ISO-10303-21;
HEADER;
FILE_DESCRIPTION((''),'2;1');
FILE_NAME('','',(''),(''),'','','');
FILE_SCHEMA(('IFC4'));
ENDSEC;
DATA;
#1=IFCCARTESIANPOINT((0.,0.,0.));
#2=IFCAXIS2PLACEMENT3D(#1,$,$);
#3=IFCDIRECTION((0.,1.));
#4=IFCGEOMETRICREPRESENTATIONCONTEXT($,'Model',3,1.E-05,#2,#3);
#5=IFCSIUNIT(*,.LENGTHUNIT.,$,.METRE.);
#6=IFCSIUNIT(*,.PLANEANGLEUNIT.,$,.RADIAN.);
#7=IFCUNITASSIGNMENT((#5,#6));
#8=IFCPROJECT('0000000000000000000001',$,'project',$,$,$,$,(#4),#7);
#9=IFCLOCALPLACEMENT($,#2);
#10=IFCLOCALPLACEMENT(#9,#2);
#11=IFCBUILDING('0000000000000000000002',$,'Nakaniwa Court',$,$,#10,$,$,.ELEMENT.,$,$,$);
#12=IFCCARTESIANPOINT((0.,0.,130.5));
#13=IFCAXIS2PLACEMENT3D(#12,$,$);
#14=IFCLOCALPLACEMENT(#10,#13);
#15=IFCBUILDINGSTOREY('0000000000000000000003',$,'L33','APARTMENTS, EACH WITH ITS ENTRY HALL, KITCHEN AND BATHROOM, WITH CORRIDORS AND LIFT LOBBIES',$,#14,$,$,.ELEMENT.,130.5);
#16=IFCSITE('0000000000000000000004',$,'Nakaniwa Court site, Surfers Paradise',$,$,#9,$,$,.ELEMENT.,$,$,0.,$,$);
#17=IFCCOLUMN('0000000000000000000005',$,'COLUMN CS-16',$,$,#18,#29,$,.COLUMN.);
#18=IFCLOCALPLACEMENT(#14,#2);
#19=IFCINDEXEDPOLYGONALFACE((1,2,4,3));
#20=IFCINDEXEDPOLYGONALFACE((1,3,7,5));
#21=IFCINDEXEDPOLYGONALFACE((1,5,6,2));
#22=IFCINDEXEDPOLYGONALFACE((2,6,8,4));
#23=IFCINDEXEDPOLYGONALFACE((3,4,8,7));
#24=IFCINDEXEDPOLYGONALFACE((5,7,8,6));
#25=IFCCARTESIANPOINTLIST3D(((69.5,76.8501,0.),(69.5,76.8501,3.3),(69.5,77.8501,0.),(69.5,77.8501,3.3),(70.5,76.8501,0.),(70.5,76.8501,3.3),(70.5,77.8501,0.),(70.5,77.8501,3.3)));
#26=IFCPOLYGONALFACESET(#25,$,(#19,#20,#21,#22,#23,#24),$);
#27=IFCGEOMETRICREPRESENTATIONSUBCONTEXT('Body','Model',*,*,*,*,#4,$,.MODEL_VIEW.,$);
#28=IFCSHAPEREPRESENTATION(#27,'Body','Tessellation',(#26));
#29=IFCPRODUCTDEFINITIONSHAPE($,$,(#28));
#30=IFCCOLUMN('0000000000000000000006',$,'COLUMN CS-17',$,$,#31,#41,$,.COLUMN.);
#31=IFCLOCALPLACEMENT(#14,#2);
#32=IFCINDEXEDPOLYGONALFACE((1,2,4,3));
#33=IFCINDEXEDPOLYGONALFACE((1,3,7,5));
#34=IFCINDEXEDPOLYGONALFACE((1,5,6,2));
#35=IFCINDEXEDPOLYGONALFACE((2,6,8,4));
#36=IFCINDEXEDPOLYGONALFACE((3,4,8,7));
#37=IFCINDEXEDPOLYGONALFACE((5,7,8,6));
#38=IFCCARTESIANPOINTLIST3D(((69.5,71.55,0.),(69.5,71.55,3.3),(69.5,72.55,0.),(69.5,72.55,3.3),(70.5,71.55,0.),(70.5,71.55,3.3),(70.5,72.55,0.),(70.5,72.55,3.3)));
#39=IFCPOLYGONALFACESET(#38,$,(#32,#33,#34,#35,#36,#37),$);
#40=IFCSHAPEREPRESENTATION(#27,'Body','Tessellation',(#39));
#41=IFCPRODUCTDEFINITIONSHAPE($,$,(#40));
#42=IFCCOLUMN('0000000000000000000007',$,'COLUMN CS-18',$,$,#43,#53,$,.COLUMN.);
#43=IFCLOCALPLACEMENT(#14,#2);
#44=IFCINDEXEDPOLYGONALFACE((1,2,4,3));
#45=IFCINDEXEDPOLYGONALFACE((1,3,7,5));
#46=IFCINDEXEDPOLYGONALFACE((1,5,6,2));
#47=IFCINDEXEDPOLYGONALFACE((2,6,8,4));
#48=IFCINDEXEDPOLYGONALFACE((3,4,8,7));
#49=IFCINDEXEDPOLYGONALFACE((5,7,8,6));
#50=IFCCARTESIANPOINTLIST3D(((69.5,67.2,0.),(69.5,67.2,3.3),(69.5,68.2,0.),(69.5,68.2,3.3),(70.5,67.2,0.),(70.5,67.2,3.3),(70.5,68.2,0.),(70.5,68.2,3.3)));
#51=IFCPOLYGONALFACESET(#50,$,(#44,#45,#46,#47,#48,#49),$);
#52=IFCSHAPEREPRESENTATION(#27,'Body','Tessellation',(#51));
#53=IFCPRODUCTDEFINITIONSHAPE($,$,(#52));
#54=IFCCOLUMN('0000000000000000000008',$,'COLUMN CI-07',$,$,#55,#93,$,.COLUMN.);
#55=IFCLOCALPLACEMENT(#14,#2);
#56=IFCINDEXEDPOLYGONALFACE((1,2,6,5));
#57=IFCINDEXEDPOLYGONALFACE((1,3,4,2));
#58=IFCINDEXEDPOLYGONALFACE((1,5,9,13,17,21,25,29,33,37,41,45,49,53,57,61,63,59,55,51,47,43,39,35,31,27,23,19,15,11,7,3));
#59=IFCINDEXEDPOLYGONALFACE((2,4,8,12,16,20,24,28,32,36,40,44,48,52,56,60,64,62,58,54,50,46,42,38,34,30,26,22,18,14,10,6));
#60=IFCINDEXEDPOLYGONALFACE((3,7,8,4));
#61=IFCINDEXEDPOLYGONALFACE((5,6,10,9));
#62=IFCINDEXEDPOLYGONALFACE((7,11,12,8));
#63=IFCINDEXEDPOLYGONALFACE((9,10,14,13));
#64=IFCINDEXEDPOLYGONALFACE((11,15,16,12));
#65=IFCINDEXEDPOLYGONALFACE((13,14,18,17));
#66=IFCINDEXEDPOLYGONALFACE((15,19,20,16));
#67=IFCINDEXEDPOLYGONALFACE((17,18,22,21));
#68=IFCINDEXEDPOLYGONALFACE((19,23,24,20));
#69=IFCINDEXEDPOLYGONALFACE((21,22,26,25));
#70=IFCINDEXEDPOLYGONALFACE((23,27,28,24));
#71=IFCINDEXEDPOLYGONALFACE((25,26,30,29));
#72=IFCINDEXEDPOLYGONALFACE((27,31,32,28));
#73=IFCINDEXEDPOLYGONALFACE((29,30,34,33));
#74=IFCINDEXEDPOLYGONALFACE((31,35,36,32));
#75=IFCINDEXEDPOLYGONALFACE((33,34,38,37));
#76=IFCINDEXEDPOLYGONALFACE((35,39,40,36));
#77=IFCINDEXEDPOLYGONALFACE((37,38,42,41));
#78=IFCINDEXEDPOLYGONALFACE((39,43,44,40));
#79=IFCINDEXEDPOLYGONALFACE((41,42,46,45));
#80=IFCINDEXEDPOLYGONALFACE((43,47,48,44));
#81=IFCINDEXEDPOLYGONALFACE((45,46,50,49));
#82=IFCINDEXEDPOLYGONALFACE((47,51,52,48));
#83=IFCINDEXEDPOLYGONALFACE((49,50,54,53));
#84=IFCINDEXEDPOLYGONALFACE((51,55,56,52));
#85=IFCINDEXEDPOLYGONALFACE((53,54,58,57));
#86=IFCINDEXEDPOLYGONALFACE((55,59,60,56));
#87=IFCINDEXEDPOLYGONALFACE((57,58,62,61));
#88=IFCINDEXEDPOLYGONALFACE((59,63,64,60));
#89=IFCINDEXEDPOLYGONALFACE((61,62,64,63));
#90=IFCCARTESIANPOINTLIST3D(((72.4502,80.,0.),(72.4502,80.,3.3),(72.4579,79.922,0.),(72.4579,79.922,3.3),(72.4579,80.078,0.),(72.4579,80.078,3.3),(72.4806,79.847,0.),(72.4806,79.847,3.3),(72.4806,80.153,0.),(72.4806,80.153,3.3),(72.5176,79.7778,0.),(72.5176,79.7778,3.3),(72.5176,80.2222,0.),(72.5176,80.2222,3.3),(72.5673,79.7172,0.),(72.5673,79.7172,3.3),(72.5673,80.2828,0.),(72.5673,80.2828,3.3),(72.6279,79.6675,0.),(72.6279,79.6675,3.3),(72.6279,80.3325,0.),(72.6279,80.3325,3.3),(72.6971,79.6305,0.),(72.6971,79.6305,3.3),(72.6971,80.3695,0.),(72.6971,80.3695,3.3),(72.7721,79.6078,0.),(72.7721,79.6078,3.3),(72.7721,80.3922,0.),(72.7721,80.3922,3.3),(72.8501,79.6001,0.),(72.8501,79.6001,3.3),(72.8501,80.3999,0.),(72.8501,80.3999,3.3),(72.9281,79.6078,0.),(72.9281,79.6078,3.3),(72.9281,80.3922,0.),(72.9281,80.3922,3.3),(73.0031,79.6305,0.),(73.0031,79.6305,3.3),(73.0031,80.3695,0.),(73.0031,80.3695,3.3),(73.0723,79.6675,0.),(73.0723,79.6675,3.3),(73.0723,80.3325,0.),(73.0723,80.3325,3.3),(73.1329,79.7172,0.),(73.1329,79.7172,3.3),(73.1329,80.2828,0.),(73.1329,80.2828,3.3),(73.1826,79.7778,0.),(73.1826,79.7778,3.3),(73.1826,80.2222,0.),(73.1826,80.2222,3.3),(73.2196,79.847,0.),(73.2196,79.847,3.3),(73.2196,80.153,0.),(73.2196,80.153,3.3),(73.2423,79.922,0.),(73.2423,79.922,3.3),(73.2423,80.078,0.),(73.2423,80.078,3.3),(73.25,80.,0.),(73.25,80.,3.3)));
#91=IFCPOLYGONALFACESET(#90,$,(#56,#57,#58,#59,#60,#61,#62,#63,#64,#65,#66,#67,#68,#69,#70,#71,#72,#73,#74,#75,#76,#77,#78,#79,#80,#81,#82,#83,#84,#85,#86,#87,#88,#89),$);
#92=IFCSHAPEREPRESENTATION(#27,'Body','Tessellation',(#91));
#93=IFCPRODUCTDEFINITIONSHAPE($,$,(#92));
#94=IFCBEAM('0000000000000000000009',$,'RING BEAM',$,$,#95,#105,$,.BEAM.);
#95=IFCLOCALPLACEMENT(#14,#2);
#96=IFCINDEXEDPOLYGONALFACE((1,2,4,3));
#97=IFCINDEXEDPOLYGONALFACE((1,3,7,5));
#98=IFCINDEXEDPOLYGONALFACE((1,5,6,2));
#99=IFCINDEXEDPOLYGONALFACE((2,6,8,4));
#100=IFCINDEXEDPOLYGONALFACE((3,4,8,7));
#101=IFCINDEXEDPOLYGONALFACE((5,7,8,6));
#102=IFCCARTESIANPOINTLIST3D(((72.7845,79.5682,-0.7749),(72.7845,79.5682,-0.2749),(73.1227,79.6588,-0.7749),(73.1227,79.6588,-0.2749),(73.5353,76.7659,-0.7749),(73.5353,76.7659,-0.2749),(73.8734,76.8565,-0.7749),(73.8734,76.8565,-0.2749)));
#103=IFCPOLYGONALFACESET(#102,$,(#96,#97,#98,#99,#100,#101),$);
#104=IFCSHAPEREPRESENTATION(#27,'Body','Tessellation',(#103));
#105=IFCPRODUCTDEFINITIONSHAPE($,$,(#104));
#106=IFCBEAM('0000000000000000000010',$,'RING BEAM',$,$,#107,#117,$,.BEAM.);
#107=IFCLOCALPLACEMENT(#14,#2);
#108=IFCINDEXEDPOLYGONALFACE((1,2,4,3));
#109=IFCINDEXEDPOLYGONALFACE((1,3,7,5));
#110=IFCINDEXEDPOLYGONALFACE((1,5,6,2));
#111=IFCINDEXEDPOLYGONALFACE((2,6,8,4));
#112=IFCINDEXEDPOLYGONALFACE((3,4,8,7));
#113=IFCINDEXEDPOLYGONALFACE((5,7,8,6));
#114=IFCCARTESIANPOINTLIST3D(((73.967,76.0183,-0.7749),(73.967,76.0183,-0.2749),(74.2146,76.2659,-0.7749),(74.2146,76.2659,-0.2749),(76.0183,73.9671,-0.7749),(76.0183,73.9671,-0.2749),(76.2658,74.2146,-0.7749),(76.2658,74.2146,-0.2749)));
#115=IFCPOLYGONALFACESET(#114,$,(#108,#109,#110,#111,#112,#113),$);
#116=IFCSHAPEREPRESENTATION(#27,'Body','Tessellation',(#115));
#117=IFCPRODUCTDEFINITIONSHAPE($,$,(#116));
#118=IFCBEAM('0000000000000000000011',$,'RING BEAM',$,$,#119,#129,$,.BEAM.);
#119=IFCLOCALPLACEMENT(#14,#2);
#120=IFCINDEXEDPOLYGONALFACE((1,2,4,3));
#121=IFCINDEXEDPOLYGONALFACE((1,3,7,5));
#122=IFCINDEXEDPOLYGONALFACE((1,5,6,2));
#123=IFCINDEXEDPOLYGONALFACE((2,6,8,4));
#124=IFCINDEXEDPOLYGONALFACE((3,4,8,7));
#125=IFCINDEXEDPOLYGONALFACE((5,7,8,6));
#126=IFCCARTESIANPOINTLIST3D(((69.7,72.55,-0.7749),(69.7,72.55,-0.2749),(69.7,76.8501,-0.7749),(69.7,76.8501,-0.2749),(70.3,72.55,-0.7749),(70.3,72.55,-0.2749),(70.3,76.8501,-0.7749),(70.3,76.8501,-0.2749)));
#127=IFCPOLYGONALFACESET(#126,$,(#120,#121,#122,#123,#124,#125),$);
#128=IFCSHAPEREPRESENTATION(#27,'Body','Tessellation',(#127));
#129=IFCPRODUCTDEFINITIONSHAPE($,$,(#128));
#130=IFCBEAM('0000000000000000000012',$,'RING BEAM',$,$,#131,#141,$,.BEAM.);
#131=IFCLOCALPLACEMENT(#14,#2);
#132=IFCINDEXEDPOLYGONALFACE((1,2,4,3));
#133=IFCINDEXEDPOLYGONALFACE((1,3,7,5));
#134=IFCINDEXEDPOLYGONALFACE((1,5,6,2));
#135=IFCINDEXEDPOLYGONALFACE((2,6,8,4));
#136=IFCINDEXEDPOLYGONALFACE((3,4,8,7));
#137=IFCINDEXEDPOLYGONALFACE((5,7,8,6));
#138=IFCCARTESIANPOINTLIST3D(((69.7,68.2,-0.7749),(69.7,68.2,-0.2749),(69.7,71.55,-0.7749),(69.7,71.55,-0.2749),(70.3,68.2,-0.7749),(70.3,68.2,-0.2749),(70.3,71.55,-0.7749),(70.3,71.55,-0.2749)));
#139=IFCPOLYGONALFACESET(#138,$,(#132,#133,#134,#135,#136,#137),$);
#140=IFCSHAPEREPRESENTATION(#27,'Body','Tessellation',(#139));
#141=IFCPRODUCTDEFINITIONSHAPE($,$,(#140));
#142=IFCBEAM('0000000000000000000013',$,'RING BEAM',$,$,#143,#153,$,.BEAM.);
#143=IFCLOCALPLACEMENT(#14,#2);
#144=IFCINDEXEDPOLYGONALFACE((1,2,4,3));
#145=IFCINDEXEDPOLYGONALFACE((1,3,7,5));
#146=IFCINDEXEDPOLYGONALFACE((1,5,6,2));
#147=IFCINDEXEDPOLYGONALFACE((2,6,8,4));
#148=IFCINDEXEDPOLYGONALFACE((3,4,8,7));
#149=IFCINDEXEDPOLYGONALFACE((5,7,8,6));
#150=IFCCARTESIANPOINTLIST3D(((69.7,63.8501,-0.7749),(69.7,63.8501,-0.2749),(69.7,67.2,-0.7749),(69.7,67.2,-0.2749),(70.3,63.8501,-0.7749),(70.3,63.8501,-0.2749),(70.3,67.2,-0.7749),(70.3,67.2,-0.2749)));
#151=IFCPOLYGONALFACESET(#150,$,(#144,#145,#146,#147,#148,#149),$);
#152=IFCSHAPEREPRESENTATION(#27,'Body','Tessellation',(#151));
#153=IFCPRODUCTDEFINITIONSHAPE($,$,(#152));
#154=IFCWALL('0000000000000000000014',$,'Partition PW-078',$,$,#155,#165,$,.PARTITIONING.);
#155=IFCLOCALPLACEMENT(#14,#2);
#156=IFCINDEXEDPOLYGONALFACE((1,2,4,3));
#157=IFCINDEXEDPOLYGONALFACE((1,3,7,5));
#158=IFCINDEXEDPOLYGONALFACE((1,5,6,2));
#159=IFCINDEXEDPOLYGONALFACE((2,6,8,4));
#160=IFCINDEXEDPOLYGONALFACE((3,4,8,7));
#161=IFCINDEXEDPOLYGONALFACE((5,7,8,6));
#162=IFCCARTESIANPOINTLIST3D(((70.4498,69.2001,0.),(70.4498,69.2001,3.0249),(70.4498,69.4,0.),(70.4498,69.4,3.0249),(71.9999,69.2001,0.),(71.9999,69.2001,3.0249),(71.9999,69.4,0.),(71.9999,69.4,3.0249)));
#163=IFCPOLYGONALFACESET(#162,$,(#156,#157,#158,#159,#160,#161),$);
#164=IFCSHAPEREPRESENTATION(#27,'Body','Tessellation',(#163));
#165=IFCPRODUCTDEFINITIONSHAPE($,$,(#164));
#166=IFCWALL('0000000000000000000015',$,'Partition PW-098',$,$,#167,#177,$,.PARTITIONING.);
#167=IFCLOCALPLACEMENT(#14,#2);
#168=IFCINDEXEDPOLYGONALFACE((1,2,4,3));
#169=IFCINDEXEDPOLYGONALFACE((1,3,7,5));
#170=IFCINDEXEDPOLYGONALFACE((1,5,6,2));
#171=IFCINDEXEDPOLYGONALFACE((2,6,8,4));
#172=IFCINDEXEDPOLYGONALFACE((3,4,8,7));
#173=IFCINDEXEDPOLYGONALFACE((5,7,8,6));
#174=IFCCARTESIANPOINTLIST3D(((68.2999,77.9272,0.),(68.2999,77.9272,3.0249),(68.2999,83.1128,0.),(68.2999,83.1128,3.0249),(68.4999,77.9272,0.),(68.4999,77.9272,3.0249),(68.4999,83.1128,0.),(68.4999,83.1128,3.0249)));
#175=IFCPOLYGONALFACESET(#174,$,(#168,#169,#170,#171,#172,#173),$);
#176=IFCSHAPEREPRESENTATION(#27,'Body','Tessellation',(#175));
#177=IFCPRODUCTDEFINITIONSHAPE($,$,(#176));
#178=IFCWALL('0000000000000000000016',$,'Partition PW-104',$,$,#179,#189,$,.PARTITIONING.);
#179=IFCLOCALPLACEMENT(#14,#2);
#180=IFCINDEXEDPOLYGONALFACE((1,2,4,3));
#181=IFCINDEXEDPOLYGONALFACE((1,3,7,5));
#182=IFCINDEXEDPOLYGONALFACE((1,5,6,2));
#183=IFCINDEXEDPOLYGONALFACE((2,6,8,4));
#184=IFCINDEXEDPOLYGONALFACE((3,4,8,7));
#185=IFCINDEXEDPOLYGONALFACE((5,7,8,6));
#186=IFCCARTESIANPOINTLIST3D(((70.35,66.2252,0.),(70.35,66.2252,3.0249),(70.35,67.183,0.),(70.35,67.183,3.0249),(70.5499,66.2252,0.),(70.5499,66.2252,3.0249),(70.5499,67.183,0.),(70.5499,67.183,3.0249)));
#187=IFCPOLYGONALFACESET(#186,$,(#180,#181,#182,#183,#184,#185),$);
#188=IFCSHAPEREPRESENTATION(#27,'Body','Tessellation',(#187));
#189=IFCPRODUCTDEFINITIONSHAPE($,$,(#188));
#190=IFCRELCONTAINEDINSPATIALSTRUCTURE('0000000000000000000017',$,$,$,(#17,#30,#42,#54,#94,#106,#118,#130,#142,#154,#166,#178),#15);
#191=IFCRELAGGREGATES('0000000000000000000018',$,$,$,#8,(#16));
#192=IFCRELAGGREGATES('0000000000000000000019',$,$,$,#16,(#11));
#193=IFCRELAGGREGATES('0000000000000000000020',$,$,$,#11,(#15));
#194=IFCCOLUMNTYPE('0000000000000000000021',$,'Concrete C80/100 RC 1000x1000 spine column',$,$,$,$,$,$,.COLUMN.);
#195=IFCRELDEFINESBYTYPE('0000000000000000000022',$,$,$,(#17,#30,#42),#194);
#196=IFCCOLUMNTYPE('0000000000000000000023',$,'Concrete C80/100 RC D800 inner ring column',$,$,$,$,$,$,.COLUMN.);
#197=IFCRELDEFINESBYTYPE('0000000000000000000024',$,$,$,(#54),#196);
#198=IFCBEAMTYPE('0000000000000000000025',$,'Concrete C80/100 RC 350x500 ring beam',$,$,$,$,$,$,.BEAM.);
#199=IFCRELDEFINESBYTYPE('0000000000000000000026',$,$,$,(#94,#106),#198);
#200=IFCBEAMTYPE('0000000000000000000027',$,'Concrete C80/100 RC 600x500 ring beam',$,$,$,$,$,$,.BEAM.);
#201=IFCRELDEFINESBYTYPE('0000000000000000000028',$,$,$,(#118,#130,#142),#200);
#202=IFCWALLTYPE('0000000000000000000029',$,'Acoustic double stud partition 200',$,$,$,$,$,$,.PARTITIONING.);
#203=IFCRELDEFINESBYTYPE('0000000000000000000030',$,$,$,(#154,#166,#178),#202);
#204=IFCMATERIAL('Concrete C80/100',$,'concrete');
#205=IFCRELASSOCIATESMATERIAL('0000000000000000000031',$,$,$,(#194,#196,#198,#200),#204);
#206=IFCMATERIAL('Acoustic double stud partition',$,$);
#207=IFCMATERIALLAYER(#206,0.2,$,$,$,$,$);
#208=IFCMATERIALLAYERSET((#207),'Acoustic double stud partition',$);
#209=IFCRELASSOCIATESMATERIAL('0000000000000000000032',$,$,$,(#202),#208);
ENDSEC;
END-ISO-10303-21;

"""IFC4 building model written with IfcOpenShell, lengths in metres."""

from ifc_helpers import new_model, si_unit, direction, frame, frame_2d, origin, origin_2d, place, context, subcontext, project, spatial, rectangle, circle, extrude, material, layer, layer_set, material_profile, profile_set, type_object, element, save


model = new_model("IFC4")

# Units and contexts
model_context = context("Model", 3, precision=1e-05, world=origin(), true_north=direction((0.0, 1.0)))
body_context = subcontext(model_context, "Body", "Model", "MODEL_VIEW")
ifc_project = project(units=[si_unit("LENGTHUNIT", "METRE"), si_unit("PLANEANGLEUNIT", "RADIAN")], contexts=[model_context])

# Site, building, storey
site_placement = place(None, origin())
site = spatial("IfcSite", under=ifc_project, at=site_placement, Name="Nakaniwa Court site, Surfers Paradise", CompositionType="ELEMENT", RefElevation=0.0)
building_placement = place(site_placement, origin())
building = spatial("IfcBuilding", under=site, at=building_placement, Name="Nakaniwa Court", CompositionType="ELEMENT")
storey_placement = place(building_placement, frame((0.0, 0.0, 130.5)))
storey = spatial("IfcBuildingStorey", under=building, at=storey_placement, Name="L33", Description="APARTMENTS, EACH WITH ITS ENTRY HALL, KITCHEN AND BATHROOM, WITH CORRIDORS AND LIFT LOBBIES", CompositionType="ELEMENT", Elevation=130.5)

# Columns
ifc_material_1 = material(Name="Concrete C80/100", Category="concrete")
ifc_material_profile_1 = material_profile(ifc_material_1, rectangle(XDim=1.0, YDim=1.0, at=origin_2d()), Name="Concrete C80/100 RC 1000x1000 spine column")
ifc_profile_set_1 = profile_set([ifc_material_profile_1], Name="Concrete C80/100")
column_type_1 = type_object("IfcColumnType", Name="Concrete C80/100 RC 1000x1000 spine column", PredefinedType="COLUMN", material=ifc_profile_set_1)
for number, where, z_axis, x_axis, name in (
    (1, (70.0, 77.3501, 0.0), (0.0, 0.0, 1.0), (0.0, -1.0, 0.0), "COLUMN CS-16"),
    (2, (70.0, 72.05, 0.0), (0.0, 0.0, 1.0), (0.0, -1.0, 0.0), "COLUMN CS-17"),
    (3, (70.0, 67.7, 0.0), (0.0, 0.0, 1.0), (0.0, -1.0, 0.0), "COLUMN CS-18"),
):
    element("IfcColumn", number, at=place(storey_placement, frame(where, z_axis=z_axis, x_axis=x_axis)), inside=storey, type_object=column_type_1, Name=name, PredefinedType="COLUMN", context=body_context, shape_type="SweptSolid", body=[
        extrude(rectangle(XDim=1.0, YDim=1.0, at=origin_2d()), origin(), (0.0, 0.0, 1.0), 3.3),
    ])
ifc_material_profile_2 = material_profile(ifc_material_1, circle(Radius=0.3999, at=origin_2d()), Name="Concrete C80/100 RC D800 inner ring column")
ifc_profile_set_2 = profile_set([ifc_material_profile_2], Name="Concrete C80/100")
column_type_2 = type_object("IfcColumnType", Name="Concrete C80/100 RC D800 inner ring column", PredefinedType="COLUMN", material=ifc_profile_set_2)
for number, where, z_axis, x_axis, name in (
    (4, (72.8501, 80.0, 0.0), (0.0, 0.0, 1.0), (0.0, -1.0, 0.0), "COLUMN CI-07"),
):
    element("IfcColumn", number, at=place(storey_placement, frame(where, z_axis=z_axis, x_axis=x_axis)), inside=storey, type_object=column_type_2, Name=name, PredefinedType="COLUMN", context=body_context, shape_type="SweptSolid", body=[
        extrude(circle(Radius=0.3999, at=origin_2d()), origin(), (0.0, 0.0, 1.0), 3.3),
    ])

# Beams
ifc_material_profile_3 = material_profile(ifc_material_1, rectangle(XDim=0.3501, YDim=0.5, at=origin_2d()), Name="Concrete C80/100 RC 350x500 ring beam")
ifc_profile_set_3 = profile_set([ifc_material_profile_3], Name="Concrete C80/100")
beam_type_1 = type_object("IfcBeamType", Name="Concrete C80/100 RC 350x500 ring beam", PredefinedType="BEAM", material=ifc_profile_set_3)
beam_1_placement = place(storey_placement, frame((72.9536, 79.6135, -0.5249), z_axis=(0.258778, -0.965937, 0.0), x_axis=(0.965937, 0.258778, 0.0)))
element("IfcBeam", 5, at=beam_1_placement, inside=storey, type_object=beam_type_1, Name="RING BEAM", PredefinedType="BEAM", context=body_context, shape_type="SweptSolid", body=[
    extrude(rectangle(XDim=0.3501, YDim=0.5, at=origin_2d()), origin(), (0.0, 0.0, 1.0), 2.9011),
])
beam_2_placement = place(storey_placement, frame((74.0908, 76.1421, -0.5249), z_axis=(0.707107, -0.707107, 0.0), x_axis=(0.707107, 0.707107, 0.0)))
element("IfcBeam", 6, at=beam_2_placement, inside=storey, type_object=beam_type_1, Name="RING BEAM", PredefinedType="BEAM", context=body_context, shape_type="SweptSolid", body=[
    extrude(rectangle(XDim=0.3501, YDim=0.5, at=origin_2d()), origin(), (0.0, 0.0, 1.0), 2.9009),
])
ifc_material_profile_4 = material_profile(ifc_material_1, rectangle(XDim=0.6001, YDim=0.5, at=origin_2d()), Name="Concrete C80/100 RC 600x500 ring beam")
ifc_profile_set_4 = profile_set([ifc_material_profile_4], Name="Concrete C80/100")
beam_type_2 = type_object("IfcBeamType", Name="Concrete C80/100 RC 600x500 ring beam", PredefinedType="BEAM", material=ifc_profile_set_4)
beam_3_placement = place(storey_placement, frame((70.0, 76.8501, -0.5249), z_axis=(0.0, -1.0, 0.0), x_axis=(1.0, 0.0, 0.0)))
element("IfcBeam", 7, at=beam_3_placement, inside=storey, type_object=beam_type_2, Name="RING BEAM", PredefinedType="BEAM", context=body_context, shape_type="SweptSolid", body=[
    extrude(rectangle(XDim=0.6001, YDim=0.5, at=origin_2d()), origin(), (0.0, 0.0, 1.0), 4.3),
])
beam_4_placement = place(storey_placement, frame((70.0, 71.55, -0.5249), z_axis=(0.0, -1.0, 0.0), x_axis=(1.0, 0.0, 0.0)))
element("IfcBeam", 8, at=beam_4_placement, inside=storey, type_object=beam_type_2, Name="RING BEAM", PredefinedType="BEAM", context=body_context, shape_type="SweptSolid", body=[
    extrude(rectangle(XDim=0.6001, YDim=0.5, at=origin_2d()), origin(), (0.0, 0.0, 1.0), 3.3501),
])
beam_5_placement = place(storey_placement, frame((70.0, 67.2, -0.5249), z_axis=(0.0, -1.0, 0.0), x_axis=(1.0, 0.0, 0.0)))
element("IfcBeam", 9, at=beam_5_placement, inside=storey, type_object=beam_type_2, Name="RING BEAM", PredefinedType="BEAM", context=body_context, shape_type="SweptSolid", body=[
    extrude(rectangle(XDim=0.6001, YDim=0.5, at=origin_2d()), origin(), (0.0, 0.0, 1.0), 3.3499),
])

# Walls
ifc_material_2 = material(Name="Acoustic double stud partition")
ifc_layer_1 = layer(ifc_material_2, 0.2)
ifc_layer_set_1 = layer_set([ifc_layer_1], Name="Acoustic double stud partition")
wall_type_1 = type_object("IfcWallType", Name="Acoustic double stud partition 200", PredefinedType="PARTITIONING", material=ifc_layer_set_1)
wall_1_placement = place(storey_placement, frame((70.45, 69.3, 0.0), z_axis=(0.0, 0.0, 1.0), x_axis=(1.0, 0.0, 0.0)))
element("IfcWall", 10, at=wall_1_placement, inside=storey, type_object=wall_type_1, Name="Partition PW-078", PredefinedType="PARTITIONING", context=body_context, shape_type="SweptSolid", body=[
    extrude(rectangle(XDim=1.55, YDim=0.2, at=frame_2d((0.7749, 0.0))), origin(), (0.0, 0.0, 1.0), 3.0249),
])
wall_2_placement = place(storey_placement, frame((68.3999, 77.9272, 0.0), z_axis=(0.0, 0.0, 1.0), x_axis=(0.0, 1.0, 0.0)))
element("IfcWall", 11, at=wall_2_placement, inside=storey, type_object=wall_type_1, Name="Partition PW-098", PredefinedType="PARTITIONING", context=body_context, shape_type="SweptSolid", body=[
    extrude(rectangle(XDim=5.1855, YDim=0.2, at=frame_2d((2.5928, 0.0))), origin(), (0.0, 0.0, 1.0), 3.0249),
])
wall_3_placement = place(storey_placement, frame((70.45, 66.2251, 0.0), z_axis=(0.0, 0.0, 1.0), x_axis=(0.0, 1.0, 0.0)))
element("IfcWall", 12, at=wall_3_placement, inside=storey, type_object=wall_type_1, Name="Partition PW-104", PredefinedType="PARTITIONING", context=body_context, shape_type="SweptSolid", body=[
    extrude(rectangle(XDim=0.9578, YDim=0.2, at=frame_2d((0.479, 0.0))), origin(), (0.0, 0.0, 1.0), 3.0249),
])

save(model, "model.ifc")
